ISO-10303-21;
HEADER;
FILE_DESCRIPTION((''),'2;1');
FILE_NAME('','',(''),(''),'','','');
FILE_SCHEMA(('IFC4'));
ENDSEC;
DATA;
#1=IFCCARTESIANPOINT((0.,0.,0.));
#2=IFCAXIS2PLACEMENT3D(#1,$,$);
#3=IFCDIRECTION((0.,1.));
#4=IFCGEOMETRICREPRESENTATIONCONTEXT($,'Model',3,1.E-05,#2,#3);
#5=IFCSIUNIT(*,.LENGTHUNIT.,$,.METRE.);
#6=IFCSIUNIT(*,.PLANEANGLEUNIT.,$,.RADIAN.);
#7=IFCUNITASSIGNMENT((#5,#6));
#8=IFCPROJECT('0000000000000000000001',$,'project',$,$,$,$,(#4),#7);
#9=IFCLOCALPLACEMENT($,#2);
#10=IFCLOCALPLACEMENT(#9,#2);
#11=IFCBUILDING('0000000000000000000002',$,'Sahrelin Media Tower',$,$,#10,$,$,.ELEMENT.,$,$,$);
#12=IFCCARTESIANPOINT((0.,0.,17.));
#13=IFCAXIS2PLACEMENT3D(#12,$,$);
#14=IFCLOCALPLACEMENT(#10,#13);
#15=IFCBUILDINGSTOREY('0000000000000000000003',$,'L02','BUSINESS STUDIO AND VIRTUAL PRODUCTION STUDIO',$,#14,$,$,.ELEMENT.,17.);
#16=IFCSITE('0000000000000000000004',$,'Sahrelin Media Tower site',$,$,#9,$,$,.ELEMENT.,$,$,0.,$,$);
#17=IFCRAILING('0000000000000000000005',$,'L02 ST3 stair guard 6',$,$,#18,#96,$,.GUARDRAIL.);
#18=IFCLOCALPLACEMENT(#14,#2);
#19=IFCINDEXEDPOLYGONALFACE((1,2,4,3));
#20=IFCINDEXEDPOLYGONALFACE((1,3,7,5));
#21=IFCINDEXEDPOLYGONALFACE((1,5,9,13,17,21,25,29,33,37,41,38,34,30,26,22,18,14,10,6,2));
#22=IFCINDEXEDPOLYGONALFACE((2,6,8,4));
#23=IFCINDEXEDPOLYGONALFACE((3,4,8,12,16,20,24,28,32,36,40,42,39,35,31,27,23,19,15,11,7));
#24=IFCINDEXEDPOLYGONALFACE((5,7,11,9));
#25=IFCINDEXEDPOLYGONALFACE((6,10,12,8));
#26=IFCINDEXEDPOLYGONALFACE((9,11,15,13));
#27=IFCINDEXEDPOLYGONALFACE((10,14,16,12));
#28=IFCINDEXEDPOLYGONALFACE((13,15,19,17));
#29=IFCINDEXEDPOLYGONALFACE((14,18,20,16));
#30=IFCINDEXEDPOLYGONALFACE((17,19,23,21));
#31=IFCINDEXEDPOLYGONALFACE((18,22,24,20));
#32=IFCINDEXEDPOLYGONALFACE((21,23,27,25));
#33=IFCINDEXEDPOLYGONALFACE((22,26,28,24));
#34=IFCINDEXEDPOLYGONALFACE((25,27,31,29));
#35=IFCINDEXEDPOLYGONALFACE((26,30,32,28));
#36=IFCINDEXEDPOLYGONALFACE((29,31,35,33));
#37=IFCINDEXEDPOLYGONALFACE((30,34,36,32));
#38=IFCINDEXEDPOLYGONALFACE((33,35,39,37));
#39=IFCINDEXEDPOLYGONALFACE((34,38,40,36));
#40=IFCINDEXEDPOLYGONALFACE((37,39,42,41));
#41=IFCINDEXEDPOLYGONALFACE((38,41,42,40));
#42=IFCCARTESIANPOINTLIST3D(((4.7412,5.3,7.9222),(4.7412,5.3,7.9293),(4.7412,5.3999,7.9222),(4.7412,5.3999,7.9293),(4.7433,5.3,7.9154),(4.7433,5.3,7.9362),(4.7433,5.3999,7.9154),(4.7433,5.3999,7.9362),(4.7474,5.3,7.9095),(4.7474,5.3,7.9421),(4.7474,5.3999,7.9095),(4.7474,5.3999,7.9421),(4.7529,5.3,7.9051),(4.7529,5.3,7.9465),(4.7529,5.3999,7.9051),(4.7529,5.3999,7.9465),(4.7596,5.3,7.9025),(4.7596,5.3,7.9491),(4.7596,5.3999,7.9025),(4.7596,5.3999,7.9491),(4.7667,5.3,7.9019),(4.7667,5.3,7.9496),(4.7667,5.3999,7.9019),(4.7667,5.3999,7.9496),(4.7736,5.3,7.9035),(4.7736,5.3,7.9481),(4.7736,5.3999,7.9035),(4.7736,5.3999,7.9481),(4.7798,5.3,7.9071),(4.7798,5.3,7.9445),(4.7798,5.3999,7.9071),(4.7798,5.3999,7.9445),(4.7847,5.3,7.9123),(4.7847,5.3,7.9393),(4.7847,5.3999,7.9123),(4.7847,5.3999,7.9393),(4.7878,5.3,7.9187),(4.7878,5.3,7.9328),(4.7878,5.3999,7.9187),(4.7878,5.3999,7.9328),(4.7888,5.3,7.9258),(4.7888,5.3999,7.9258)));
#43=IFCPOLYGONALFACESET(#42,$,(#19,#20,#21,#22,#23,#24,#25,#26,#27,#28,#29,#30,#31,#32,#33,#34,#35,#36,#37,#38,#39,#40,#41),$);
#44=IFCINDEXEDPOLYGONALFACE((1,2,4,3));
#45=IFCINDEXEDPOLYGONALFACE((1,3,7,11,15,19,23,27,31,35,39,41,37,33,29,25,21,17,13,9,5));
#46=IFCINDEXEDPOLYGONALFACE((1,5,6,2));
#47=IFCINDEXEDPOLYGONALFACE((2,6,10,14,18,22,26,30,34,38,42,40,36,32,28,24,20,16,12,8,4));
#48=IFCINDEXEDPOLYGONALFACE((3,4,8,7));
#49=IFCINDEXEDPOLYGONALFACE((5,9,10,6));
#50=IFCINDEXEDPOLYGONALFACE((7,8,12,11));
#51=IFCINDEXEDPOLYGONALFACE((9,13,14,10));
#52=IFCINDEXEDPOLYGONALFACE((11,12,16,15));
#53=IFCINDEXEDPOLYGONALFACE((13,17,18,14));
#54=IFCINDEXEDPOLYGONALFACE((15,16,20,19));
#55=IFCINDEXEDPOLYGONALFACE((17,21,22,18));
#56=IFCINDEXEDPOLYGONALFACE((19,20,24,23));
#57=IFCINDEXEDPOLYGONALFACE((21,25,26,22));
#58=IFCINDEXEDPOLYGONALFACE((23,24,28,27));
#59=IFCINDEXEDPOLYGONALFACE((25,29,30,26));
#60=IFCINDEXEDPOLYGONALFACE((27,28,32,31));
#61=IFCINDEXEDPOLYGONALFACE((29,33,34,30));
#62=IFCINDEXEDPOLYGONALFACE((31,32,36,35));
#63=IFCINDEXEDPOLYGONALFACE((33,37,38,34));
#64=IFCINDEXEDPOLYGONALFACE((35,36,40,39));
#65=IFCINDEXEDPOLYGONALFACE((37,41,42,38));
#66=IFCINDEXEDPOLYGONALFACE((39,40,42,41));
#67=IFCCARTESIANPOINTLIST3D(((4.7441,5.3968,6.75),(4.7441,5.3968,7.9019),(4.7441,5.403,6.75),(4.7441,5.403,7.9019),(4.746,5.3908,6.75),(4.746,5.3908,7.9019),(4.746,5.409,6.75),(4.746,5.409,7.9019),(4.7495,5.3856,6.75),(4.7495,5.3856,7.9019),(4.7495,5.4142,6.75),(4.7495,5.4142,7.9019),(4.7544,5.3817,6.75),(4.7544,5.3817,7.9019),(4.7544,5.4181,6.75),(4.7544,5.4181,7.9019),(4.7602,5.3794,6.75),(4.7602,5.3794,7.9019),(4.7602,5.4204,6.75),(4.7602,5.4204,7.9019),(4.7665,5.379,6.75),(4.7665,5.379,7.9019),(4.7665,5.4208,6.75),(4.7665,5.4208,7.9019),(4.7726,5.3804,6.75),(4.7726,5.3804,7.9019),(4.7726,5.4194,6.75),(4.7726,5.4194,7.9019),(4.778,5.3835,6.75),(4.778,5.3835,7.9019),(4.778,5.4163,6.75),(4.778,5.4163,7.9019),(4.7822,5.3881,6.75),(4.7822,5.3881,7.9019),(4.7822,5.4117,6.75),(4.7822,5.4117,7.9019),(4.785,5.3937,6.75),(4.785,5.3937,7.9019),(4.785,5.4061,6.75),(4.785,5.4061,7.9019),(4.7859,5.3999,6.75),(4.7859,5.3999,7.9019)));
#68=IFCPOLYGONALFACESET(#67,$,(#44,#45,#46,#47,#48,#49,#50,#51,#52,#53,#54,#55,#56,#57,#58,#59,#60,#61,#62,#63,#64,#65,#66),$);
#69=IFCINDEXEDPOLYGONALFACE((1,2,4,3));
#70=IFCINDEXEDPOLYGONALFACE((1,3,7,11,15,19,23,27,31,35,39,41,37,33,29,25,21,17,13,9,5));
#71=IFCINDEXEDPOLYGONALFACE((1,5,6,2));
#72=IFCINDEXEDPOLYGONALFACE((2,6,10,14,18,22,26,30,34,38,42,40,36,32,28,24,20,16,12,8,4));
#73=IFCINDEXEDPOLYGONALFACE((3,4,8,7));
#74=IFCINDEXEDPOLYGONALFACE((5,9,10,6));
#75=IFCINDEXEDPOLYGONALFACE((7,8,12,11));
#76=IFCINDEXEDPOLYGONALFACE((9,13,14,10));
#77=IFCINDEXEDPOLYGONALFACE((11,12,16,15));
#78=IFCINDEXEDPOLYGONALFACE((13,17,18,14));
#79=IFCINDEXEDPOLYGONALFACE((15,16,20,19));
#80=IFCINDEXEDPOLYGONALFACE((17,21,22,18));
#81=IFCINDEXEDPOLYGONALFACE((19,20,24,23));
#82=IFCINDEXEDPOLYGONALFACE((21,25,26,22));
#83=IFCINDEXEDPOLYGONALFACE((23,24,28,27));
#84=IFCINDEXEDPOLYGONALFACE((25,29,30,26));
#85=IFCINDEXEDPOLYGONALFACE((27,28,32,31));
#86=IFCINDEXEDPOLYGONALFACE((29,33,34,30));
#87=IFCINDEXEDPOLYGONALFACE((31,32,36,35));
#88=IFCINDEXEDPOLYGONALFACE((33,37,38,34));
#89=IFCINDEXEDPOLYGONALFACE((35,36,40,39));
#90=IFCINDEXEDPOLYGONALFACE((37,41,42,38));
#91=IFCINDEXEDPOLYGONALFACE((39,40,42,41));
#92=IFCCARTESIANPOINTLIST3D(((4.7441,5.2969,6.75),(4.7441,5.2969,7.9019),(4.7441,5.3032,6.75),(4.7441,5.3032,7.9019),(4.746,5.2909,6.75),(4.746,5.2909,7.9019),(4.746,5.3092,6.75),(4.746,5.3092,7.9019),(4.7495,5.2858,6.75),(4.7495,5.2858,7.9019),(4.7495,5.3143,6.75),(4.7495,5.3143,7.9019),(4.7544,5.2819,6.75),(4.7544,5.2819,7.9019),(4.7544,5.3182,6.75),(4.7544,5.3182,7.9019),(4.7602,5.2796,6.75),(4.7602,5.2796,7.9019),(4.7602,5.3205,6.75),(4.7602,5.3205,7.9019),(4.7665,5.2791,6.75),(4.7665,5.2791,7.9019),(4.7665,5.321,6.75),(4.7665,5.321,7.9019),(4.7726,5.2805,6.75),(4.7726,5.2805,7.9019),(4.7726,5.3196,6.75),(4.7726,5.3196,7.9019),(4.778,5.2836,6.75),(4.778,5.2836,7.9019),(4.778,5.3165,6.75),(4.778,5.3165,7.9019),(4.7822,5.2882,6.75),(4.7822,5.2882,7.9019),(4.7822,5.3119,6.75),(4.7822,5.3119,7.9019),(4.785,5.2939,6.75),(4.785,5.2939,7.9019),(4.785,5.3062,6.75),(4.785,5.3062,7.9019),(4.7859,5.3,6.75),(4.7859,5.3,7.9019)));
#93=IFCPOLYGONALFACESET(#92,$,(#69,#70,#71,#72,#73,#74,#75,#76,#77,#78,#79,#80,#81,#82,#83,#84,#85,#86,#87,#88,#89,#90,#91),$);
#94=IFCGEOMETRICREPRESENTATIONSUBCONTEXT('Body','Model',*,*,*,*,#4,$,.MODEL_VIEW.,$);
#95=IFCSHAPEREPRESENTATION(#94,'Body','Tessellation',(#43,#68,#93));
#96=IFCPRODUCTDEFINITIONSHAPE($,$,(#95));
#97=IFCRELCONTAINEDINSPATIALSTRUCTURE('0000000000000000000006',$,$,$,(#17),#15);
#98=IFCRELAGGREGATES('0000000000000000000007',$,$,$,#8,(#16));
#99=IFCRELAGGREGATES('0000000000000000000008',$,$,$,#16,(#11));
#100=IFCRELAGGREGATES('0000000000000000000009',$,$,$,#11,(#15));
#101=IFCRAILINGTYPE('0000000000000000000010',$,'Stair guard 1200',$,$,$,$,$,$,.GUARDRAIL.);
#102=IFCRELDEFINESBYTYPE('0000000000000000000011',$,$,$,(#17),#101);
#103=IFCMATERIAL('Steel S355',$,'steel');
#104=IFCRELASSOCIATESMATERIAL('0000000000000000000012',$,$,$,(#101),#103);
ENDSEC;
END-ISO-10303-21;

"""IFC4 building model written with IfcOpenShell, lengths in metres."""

from ifc_helpers import new_model, si_unit, direction, frame, origin, origin_2d, place, context, subcontext, project, spatial, circle, extrude, material, type_object, element, save


model = new_model("IFC4")

# Units and contexts
model_context = context("Model", 3, precision=1e-05, world=origin(), true_north=direction((0.0, 1.0)))
body_context = subcontext(model_context, "Body", "Model", "MODEL_VIEW")
ifc_project = project(units=[si_unit("LENGTHUNIT", "METRE"), si_unit("PLANEANGLEUNIT", "RADIAN")], contexts=[model_context])

# Site, building, storey
site_placement = place(None, origin())
site = spatial("IfcSite", under=ifc_project, at=site_placement, Name="Sahrelin Media Tower site", CompositionType="ELEMENT", RefElevation=0.0)
building_placement = place(site_placement, origin())
building = spatial("IfcBuilding", under=site, at=building_placement, Name="Sahrelin Media Tower", CompositionType="ELEMENT")
storey_placement = place(building_placement, frame((0.0, 0.0, 17.0)))
storey = spatial("IfcBuildingStorey", under=building, at=storey_placement, Name="L02", Description="BUSINESS STUDIO AND VIRTUAL PRODUCTION STUDIO", CompositionType="ELEMENT", Elevation=17.0)

# Shared definitions
ifc_material_1 = material(Name="Steel S355", Category="steel")

# Railing
railing_type_1 = type_object("IfcRailingType", Name="Stair guard 1200", PredefinedType="GUARDRAIL", material=ifc_material_1)
railing_1_placement = place(storey_placement, frame((4.7649, 5.3999, 6.75)))
element("IfcRailing", 1, at=railing_1_placement, inside=storey, type_object=railing_type_1, Name="L02 ST3 stair guard 6", PredefinedType="GUARDRAIL", context=body_context, shape_type="SweptSolid", body=[
    extrude(circle(Radius=0.0239, at=origin_2d()), frame((0.0, 0.0, 1.1758), z_axis=(0.0, -1.0, 0.0), x_axis=(1.0, 0.0, 0.0)), (0.0, 0.0, 1.0), 0.0999),
    extrude(circle(Radius=0.021, at=origin_2d()), origin(), (0.0, 0.0, 1.0), 1.1519),
    extrude(circle(Radius=0.021, at=origin_2d()), frame((0.0, -0.0999, 0.0)), (0.0, 0.0, 1.0), 1.1519),
])

save(model, "model.ifc")
